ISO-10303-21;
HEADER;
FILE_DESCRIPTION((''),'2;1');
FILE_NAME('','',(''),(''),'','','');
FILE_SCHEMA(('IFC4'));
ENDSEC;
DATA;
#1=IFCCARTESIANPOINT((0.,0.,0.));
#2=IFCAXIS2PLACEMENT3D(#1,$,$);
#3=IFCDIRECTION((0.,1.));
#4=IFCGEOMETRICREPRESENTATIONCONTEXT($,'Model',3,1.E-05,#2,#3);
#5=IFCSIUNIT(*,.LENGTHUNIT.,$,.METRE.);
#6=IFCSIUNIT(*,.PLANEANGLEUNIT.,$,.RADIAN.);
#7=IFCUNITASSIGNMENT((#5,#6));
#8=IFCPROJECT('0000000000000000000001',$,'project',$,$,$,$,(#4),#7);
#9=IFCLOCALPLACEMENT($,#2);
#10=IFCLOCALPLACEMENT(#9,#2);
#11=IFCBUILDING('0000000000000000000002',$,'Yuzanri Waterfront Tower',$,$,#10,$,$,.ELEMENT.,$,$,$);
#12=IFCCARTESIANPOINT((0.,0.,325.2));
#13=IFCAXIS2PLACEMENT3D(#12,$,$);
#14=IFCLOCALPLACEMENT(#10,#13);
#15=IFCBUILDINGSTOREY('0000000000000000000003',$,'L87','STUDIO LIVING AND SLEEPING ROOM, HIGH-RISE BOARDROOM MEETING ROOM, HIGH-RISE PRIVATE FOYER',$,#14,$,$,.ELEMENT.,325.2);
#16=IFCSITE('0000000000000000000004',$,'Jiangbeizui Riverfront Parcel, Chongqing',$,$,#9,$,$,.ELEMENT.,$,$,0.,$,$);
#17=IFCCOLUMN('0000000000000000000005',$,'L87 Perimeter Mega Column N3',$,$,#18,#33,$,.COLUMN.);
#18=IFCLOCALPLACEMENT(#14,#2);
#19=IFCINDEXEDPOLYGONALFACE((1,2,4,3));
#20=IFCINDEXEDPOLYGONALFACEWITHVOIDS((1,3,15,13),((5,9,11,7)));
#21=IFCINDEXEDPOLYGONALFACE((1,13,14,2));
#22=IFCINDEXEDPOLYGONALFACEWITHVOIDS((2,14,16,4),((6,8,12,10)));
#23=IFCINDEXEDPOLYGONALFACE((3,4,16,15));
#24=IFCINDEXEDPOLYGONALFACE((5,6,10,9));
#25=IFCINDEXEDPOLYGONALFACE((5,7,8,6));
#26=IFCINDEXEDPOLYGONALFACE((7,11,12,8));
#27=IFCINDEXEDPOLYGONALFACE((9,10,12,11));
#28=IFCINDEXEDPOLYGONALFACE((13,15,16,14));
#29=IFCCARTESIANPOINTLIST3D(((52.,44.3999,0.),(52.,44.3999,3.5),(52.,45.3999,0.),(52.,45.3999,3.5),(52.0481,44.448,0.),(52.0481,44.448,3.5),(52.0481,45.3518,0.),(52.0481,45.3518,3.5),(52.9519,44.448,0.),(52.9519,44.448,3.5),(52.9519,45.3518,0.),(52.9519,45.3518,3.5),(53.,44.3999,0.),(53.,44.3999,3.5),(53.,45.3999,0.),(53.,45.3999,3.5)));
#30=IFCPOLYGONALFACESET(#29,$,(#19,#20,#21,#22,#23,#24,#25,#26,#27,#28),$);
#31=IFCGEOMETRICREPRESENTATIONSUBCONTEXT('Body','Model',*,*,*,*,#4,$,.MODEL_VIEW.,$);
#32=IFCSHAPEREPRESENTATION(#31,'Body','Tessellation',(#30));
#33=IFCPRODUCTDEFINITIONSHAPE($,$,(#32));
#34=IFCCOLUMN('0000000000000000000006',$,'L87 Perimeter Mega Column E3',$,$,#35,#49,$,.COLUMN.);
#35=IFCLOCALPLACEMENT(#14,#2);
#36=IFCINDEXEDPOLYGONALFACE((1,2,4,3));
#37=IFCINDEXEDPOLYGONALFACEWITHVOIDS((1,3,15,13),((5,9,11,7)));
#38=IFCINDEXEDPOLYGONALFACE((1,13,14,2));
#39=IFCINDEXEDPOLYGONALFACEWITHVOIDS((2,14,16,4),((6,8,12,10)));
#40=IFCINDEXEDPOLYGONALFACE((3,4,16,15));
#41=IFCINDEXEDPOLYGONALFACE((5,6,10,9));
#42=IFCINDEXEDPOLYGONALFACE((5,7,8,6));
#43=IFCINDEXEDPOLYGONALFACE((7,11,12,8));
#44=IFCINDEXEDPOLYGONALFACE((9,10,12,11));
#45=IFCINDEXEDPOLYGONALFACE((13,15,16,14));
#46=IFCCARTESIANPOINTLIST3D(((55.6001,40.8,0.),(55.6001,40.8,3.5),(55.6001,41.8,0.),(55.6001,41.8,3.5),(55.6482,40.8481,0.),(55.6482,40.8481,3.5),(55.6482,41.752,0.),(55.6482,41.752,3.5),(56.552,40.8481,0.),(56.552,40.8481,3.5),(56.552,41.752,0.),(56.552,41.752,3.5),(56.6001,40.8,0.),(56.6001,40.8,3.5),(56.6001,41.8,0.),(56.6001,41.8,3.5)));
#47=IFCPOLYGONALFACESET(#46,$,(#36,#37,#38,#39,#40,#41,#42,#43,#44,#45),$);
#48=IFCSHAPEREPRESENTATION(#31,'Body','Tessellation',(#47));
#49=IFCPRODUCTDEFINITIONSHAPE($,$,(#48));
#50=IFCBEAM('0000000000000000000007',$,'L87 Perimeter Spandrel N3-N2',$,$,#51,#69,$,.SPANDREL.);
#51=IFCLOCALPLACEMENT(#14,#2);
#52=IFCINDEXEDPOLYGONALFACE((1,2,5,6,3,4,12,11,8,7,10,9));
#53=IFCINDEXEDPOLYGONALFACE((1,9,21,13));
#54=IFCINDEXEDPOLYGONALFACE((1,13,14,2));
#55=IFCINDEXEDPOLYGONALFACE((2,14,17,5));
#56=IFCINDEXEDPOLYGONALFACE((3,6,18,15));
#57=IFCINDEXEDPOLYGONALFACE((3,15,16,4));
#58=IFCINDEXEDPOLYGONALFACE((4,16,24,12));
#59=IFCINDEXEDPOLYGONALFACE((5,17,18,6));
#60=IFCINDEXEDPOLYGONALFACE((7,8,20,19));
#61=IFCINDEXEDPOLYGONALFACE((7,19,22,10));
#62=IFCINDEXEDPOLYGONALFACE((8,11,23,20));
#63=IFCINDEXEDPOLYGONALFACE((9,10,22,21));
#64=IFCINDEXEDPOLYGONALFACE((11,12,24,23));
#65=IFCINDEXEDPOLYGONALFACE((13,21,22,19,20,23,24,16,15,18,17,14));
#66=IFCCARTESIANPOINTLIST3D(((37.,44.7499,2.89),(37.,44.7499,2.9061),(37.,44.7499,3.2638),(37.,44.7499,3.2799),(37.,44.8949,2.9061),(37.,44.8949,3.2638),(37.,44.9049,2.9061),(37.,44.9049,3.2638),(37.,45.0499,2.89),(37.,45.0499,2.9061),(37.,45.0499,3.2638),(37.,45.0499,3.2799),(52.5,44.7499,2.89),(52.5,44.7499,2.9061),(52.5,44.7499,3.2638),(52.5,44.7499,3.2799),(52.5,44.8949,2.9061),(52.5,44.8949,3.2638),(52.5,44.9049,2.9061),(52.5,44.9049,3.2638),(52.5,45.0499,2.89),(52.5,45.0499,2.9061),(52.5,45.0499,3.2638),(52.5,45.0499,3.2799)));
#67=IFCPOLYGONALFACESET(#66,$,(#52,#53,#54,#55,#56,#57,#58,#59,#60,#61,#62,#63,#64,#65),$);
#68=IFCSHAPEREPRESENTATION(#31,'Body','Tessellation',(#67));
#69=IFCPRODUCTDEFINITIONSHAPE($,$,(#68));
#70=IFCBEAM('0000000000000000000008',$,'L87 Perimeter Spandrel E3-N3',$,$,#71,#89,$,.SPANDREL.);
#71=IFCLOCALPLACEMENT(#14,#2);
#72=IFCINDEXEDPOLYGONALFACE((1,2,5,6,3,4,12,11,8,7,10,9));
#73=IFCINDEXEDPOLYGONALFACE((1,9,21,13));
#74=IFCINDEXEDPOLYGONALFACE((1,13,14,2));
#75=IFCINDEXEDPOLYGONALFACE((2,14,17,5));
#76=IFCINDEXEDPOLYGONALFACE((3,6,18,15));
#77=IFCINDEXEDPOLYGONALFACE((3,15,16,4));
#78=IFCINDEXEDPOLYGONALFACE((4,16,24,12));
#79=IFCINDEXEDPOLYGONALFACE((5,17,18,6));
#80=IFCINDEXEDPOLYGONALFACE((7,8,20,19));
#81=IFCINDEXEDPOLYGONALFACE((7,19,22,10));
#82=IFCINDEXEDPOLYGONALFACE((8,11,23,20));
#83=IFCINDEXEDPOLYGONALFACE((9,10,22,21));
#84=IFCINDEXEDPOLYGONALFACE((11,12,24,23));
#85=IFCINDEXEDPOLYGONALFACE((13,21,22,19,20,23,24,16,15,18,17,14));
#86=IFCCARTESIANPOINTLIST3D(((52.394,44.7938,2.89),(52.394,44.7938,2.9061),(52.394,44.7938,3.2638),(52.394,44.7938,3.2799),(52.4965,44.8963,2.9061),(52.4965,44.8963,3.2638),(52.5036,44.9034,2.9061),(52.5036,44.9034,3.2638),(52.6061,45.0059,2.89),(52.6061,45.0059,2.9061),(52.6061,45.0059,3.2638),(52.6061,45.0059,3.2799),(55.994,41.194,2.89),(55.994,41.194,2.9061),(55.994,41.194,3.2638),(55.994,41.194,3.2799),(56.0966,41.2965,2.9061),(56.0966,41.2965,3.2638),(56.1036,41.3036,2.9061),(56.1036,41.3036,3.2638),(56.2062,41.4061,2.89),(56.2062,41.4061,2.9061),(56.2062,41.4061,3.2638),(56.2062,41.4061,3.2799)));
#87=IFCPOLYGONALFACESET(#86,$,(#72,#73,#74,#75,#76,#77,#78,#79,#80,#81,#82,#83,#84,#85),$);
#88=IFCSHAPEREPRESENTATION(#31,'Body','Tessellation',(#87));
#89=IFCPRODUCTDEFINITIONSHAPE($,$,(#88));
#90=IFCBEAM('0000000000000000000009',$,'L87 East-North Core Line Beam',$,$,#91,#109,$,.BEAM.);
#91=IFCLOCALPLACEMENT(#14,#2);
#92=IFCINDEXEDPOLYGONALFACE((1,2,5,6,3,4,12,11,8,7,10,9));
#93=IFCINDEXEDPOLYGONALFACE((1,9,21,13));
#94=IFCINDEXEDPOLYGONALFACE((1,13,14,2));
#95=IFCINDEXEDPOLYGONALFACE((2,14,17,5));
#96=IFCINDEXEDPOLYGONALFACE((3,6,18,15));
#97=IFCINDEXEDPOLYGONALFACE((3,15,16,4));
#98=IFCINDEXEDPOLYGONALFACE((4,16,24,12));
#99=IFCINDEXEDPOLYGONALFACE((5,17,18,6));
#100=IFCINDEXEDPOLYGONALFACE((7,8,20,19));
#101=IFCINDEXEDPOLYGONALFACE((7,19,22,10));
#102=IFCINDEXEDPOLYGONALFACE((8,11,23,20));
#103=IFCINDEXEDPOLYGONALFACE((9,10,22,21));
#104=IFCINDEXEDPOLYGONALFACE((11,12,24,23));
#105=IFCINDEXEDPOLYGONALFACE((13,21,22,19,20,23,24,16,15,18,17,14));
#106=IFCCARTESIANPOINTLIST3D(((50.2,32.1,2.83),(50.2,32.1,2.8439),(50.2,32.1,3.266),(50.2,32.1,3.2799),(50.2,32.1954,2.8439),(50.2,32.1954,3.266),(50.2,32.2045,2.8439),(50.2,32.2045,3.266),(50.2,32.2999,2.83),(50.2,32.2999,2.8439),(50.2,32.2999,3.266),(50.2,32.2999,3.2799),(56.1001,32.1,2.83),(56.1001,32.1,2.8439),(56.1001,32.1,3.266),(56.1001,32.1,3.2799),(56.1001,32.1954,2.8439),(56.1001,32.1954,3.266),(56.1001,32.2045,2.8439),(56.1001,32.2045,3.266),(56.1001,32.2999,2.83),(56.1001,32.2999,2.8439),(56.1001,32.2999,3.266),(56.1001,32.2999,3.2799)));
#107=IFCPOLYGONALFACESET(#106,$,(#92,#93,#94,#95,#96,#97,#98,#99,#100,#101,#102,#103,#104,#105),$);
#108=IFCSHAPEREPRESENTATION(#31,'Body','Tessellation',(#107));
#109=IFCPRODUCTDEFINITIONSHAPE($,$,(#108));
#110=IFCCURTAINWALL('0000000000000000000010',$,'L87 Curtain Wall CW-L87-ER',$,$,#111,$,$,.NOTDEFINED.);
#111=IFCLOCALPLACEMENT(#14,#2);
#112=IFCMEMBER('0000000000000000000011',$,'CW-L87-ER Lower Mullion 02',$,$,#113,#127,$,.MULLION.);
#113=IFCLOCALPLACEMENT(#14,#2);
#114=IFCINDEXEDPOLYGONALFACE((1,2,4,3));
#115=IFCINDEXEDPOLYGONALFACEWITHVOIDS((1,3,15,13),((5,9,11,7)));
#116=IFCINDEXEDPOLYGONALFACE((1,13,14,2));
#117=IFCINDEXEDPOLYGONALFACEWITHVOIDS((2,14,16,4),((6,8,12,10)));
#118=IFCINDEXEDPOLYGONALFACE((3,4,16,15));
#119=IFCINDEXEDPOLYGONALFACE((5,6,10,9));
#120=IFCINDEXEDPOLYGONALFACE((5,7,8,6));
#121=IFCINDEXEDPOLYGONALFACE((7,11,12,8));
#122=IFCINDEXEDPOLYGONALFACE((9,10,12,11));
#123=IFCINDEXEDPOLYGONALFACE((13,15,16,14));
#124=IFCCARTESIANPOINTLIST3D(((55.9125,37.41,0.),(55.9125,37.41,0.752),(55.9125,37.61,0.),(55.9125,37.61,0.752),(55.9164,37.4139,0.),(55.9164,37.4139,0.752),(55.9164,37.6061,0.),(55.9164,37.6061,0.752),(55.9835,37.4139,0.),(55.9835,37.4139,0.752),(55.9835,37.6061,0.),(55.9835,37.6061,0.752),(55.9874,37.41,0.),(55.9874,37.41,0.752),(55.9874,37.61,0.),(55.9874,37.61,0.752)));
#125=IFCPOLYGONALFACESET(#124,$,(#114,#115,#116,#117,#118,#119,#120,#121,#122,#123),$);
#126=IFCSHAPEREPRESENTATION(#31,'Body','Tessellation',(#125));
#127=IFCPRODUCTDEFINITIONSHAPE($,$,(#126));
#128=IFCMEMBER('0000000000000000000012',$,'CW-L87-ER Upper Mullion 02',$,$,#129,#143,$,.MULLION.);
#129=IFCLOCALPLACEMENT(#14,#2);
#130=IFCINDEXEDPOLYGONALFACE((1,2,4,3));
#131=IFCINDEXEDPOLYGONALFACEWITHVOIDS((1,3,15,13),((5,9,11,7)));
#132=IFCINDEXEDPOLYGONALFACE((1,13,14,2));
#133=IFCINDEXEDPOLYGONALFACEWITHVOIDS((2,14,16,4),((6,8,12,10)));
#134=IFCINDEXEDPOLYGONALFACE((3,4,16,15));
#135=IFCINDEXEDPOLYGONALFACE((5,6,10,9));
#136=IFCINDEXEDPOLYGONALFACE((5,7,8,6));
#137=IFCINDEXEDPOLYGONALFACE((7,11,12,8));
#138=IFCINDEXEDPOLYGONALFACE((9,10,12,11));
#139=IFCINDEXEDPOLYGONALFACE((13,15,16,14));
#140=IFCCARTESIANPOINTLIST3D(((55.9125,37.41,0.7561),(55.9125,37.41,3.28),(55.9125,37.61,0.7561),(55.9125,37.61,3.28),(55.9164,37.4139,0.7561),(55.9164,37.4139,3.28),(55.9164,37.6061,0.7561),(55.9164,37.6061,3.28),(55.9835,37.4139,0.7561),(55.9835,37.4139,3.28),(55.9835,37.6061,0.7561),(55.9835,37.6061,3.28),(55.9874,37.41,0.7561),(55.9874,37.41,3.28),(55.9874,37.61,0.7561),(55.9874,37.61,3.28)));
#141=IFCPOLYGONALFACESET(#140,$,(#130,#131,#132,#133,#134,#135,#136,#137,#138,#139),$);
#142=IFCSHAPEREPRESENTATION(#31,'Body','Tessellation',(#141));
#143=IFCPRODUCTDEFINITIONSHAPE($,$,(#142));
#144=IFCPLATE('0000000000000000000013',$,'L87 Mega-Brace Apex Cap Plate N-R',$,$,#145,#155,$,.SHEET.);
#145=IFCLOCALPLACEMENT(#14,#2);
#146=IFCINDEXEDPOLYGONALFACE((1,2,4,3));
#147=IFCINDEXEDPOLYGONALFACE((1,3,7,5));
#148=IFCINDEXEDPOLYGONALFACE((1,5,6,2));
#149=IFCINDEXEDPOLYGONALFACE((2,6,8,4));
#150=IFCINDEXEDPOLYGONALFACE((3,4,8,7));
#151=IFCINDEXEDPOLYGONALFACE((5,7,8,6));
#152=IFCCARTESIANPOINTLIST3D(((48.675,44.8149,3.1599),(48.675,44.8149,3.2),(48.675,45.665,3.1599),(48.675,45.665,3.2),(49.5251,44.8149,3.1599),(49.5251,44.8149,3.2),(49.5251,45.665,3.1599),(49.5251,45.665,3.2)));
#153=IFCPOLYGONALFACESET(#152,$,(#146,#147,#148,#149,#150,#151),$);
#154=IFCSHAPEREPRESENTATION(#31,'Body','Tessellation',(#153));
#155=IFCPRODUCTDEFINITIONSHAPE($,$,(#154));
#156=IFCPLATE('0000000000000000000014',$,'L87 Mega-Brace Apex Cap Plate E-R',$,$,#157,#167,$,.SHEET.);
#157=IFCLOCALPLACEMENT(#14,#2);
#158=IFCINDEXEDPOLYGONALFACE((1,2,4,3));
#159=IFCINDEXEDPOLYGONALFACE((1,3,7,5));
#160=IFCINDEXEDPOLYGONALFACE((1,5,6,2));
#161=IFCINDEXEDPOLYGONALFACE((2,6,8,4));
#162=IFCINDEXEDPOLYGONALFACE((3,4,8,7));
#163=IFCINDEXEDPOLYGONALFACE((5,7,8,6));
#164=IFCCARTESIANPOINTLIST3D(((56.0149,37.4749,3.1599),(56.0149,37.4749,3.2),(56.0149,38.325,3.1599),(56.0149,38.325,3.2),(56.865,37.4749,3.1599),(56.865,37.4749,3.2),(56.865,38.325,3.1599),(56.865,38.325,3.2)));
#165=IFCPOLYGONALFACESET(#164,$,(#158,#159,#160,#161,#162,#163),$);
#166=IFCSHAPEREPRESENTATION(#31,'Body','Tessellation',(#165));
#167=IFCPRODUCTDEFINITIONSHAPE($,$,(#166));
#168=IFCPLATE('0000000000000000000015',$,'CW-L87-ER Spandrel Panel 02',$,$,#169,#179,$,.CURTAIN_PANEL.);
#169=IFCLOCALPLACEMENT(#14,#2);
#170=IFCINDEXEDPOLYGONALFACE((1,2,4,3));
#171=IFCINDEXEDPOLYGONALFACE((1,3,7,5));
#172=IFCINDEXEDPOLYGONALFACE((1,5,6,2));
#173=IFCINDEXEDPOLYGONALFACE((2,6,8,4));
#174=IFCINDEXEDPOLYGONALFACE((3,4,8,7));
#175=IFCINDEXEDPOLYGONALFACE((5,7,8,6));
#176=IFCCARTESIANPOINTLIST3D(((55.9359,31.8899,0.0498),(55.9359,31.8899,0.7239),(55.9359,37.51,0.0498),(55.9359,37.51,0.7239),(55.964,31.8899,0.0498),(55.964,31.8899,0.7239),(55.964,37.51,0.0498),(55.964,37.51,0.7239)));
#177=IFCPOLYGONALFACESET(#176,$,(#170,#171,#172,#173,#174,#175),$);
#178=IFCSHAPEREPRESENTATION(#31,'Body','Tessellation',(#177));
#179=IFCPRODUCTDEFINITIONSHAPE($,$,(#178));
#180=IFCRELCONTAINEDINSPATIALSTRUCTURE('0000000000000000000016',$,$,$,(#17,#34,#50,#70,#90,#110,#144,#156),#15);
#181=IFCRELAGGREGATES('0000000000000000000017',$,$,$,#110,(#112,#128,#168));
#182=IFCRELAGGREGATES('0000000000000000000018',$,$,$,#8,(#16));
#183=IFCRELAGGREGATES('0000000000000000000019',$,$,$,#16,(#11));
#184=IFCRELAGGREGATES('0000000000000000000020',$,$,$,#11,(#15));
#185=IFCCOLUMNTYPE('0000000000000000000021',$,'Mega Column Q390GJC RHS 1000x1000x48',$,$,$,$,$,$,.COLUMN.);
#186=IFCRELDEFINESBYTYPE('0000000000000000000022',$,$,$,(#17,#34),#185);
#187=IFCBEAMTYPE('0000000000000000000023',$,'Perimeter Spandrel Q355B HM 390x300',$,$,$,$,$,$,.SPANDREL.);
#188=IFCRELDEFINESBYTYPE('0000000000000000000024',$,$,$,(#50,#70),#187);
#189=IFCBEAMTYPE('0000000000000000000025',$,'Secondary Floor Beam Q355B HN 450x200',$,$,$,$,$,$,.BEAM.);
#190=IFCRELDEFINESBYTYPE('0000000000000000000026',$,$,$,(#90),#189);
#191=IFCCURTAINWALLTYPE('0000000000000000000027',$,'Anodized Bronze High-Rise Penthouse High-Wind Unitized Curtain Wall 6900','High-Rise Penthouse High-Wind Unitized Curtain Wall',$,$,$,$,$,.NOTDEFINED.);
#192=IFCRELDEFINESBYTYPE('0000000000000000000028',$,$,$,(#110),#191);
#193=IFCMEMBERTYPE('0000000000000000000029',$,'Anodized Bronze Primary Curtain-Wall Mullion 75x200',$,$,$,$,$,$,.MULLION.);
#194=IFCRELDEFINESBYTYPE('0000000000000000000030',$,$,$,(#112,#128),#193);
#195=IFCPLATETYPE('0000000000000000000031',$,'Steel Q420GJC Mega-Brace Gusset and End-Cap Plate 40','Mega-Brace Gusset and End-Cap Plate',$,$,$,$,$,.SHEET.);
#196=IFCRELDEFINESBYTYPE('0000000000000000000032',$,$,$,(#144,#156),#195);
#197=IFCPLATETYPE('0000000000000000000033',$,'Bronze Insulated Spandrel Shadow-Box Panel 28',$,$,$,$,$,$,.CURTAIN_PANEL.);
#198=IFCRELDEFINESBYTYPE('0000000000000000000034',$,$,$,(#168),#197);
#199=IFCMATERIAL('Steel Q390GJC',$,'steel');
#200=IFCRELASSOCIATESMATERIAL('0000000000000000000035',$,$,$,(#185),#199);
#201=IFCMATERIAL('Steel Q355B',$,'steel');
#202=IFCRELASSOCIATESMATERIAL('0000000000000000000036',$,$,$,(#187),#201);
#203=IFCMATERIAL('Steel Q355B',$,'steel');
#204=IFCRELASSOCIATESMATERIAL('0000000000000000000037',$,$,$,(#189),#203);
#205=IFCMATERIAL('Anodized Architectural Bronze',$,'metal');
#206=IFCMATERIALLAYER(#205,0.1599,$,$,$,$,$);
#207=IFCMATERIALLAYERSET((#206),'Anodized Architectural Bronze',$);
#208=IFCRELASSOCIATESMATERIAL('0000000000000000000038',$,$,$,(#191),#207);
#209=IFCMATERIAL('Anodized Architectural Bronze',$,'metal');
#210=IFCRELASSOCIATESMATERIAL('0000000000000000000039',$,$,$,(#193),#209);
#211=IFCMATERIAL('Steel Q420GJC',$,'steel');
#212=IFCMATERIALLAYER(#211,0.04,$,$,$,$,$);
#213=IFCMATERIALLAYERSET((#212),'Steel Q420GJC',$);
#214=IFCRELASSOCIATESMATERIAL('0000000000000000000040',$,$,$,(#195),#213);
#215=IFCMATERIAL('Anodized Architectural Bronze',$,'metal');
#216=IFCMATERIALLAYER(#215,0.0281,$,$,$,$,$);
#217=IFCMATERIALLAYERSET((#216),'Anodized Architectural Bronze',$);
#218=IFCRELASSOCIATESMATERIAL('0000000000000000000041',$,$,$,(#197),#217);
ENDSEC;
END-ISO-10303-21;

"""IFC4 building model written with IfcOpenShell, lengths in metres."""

from ifc_helpers import new_model, si_unit, direction, frame, origin, origin_2d, place, context, subcontext, project, spatial, rectangle, hollow_rectangle, i_section, extrude, source, transform, mapped, material, layer, layer_set, material_profile, profile_set, type_object, element, aggregate, save


model = new_model("IFC4")

# Units and contexts
model_context = context("Model", 3, precision=1e-05, world=origin(), true_north=direction((0.0, 1.0)))
body_context = subcontext(model_context, "Body", "Model", "MODEL_VIEW")
ifc_project = project(units=[si_unit("LENGTHUNIT", "METRE"), si_unit("PLANEANGLEUNIT", "RADIAN")], contexts=[model_context])

# Site, building, storey
site_placement = place(None, origin())
site = spatial("IfcSite", under=ifc_project, at=site_placement, Name="Jiangbeizui Riverfront Parcel, Chongqing", CompositionType="ELEMENT", RefElevation=0.0)
building_placement = place(site_placement, origin())
building = spatial("IfcBuilding", under=site, at=building_placement, Name="Yuzanri Waterfront Tower", CompositionType="ELEMENT")
storey_placement = place(building_placement, frame((0.0, 0.0, 325.2)))
storey = spatial("IfcBuildingStorey", under=building, at=storey_placement, Name="L87", Description="STUDIO LIVING AND SLEEPING ROOM, HIGH-RISE BOARDROOM MEETING ROOM, HIGH-RISE PRIVATE FOYER", CompositionType="ELEMENT", Elevation=325.2)

# Columns
ifc_material_1 = material(Name="Steel Q390GJC", Category="steel")
ifc_material_profile_1 = material_profile(ifc_material_1, hollow_rectangle(XDim=1.0, YDim=1.0, WallThickness=0.0481, at=origin_2d()), Name="RHS 1000x1000x48")
ifc_profile_set_1 = profile_set([ifc_material_profile_1], Name="Steel Q390GJC")
column_type = type_object("IfcColumnType", Name="Mega Column Q390GJC RHS 1000x1000x48", PredefinedType="COLUMN", material=ifc_profile_set_1)
shared_shape_1 = source(origin(), body_context, "Body", "SweptSolid", [
    extrude(hollow_rectangle(XDim=1.0, YDim=1.0, WallThickness=0.0481, at=origin_2d()), origin(), (0.0, 0.0, 1.0), 3.5),
])
for number, where, z_axis, x_axis, name in (
    (1, (52.5, 44.8999, 0.0), (0.0, 0.0, 1.0), (1.0, 0.0, 0.0), "L87 Perimeter Mega Column N3"),
    (2, (56.1001, 41.3, 0.0), (0.0, 0.0, 1.0), (1.0, 0.0, 0.0), "L87 Perimeter Mega Column E3"),
):
    element("IfcColumn", number, at=place(storey_placement, frame(where, z_axis=z_axis, x_axis=x_axis)), inside=storey, type_object=column_type, Name=name, PredefinedType="COLUMN", context=body_context, shape_type="MappedRepresentation", body=[
        mapped(shared_shape_1, transform((0.0, 0.0, 0.0), scale=1.0)),
    ])

# Beams
ifc_material_2 = material(Name="Steel Q355B", Category="steel")
ifc_material_profile_2 = material_profile(ifc_material_2, i_section(OverallWidth=0.3, OverallDepth=0.3899, WebThickness=0.01, FlangeThickness=0.0161, at=origin_2d()), Name="HM 390x300x10x16")
ifc_profile_set_2 = profile_set([ifc_material_profile_2], Name="Steel Q355B")
beam_type_1 = type_object("IfcBeamType", Name="Perimeter Spandrel Q355B HM 390x300", PredefinedType="SPANDREL", material=ifc_profile_set_2)
shared_shape_2 = source(origin(), body_context, "Body", "SweptSolid", [
    extrude(i_section(OverallWidth=0.3, OverallDepth=0.3899, WebThickness=0.01, FlangeThickness=0.0161, at=origin_2d()), origin(), (0.0, 0.0, 1.0), 15.5),
])
beam_1_placement = place(storey_placement, frame((52.5, 44.8999, 3.085), z_axis=(-1.0, 0.0, 0.0), x_axis=(0.0, -1.0, 0.0)))
element("IfcBeam", 3, at=beam_1_placement, inside=storey, type_object=beam_type_1, Name="L87 Perimeter Spandrel N3-N2", PredefinedType="SPANDREL", context=body_context, shape_type="MappedRepresentation", body=[
    mapped(shared_shape_2, transform((0.0, 0.0, 0.0), scale=1.0)),
])
shared_shape_3 = source(origin(), body_context, "Body", "SweptSolid", [
    extrude(i_section(OverallWidth=0.3, OverallDepth=0.3899, WebThickness=0.01, FlangeThickness=0.0161, at=origin_2d()), origin(), (0.0, 0.0, 1.0), 5.0911),
])
beam_2_placement = place(storey_placement, frame((56.1001, 41.3, 3.085), z_axis=(-0.707131, 0.707083, 0.0), x_axis=(-0.707083, -0.707131, 0.0)))
element("IfcBeam", 4, at=beam_2_placement, inside=storey, type_object=beam_type_1, Name="L87 Perimeter Spandrel E3-N3", PredefinedType="SPANDREL", context=body_context, shape_type="MappedRepresentation", body=[
    mapped(shared_shape_3, transform((0.0, 0.0, 0.0), scale=1.0)),
])
ifc_material_3 = material(Name="Steel Q355B", Category="steel")
ifc_material_profile_3 = material_profile(ifc_material_3, i_section(OverallWidth=0.2, OverallDepth=0.45, WebThickness=0.009, FlangeThickness=0.0139, at=origin_2d()), Name="HN 450x200x9x14")
ifc_profile_set_3 = profile_set([ifc_material_profile_3], Name="Steel Q355B")
beam_type_2 = type_object("IfcBeamType", Name="Secondary Floor Beam Q355B HN 450x200", PredefinedType="BEAM", material=ifc_profile_set_3)
shared_shape_4 = source(origin(), body_context, "Body", "SweptSolid", [
    extrude(i_section(OverallWidth=0.2, OverallDepth=0.45, WebThickness=0.009, FlangeThickness=0.0139, at=origin_2d()), origin(), (0.0, 0.0, 1.0), 5.9001),
])
beam_3_placement = place(storey_placement, frame((50.2, 32.2, 3.0549), z_axis=(1.0, 0.0, 0.0), x_axis=(0.0, 1.0, 0.0)))
element("IfcBeam", 5, at=beam_3_placement, inside=storey, type_object=beam_type_2, Name="L87 East-North Core Line Beam", PredefinedType="BEAM", context=body_context, shape_type="MappedRepresentation", body=[
    mapped(shared_shape_4, transform((0.0, 0.0, 0.0), scale=1.0)),
])

# Curtain wall, members
ifc_material_4 = material(Name="Anodized Architectural Bronze", Category="metal")
ifc_layer_1 = layer(ifc_material_4, 0.1599)
ifc_layer_set_1 = layer_set([ifc_layer_1], Name="Anodized Architectural Bronze")
curtain_wall_type = type_object("IfcCurtainWallType", Name="Anodized Bronze High-Rise Penthouse High-Wind Unitized Curtain Wall 6900", Description="High-Rise Penthouse High-Wind Unitized Curtain Wall", PredefinedType="NOTDEFINED", material=ifc_layer_set_1)
curtain_wall_placement = place(storey_placement, origin())
curtain_wall = element("IfcCurtainWall", 6, at=curtain_wall_placement, inside=storey, type_object=curtain_wall_type, Name="L87 Curtain Wall CW-L87-ER", PredefinedType="NOTDEFINED")
ifc_material_5 = material(Name="Anodized Architectural Bronze", Category="metal")
ifc_material_profile_4 = material_profile(ifc_material_5, hollow_rectangle(XDim=0.075, YDim=0.2, WallThickness=0.0039, at=origin_2d()), Name="CWM 75x200")
ifc_profile_set_4 = profile_set([ifc_material_profile_4], Name="Anodized Architectural Bronze")
member_type = type_object("IfcMemberType", Name="Anodized Bronze Primary Curtain-Wall Mullion 75x200", PredefinedType="MULLION", material=ifc_profile_set_4)
shared_shape_5 = source(origin(), body_context, "Body", "SweptSolid", [
    extrude(hollow_rectangle(XDim=0.075, YDim=0.2, WallThickness=0.0039, at=origin_2d()), origin(), (0.0, 0.0, 1.0), 0.752),
])
member_1_placement = place(storey_placement, frame((55.95, 37.51, 0.0), z_axis=(0.0, 0.0, 1.0), x_axis=(1.0, 0.0, 0.0)))
member_1 = element("IfcMember", 7, at=member_1_placement, type_object=member_type, Name="CW-L87-ER Lower Mullion 02", PredefinedType="MULLION", context=body_context, shape_type="MappedRepresentation", body=[
    mapped(shared_shape_5, transform((0.0, 0.0, 0.0), scale=1.0)),
])
shared_shape_6 = source(origin(), body_context, "Body", "SweptSolid", [
    extrude(hollow_rectangle(XDim=0.075, YDim=0.2, WallThickness=0.0039, at=origin_2d()), origin(), (0.0, 0.0, 1.0), 2.5239),
])
member_2_placement = place(storey_placement, frame((55.95, 37.51, 0.7561), z_axis=(0.0, 0.0, 1.0), x_axis=(1.0, 0.0, 0.0)))
member_2 = element("IfcMember", 8, at=member_2_placement, type_object=member_type, Name="CW-L87-ER Upper Mullion 02", PredefinedType="MULLION", context=body_context, shape_type="MappedRepresentation", body=[
    mapped(shared_shape_6, transform((0.0, 0.0, 0.0), scale=1.0)),
])

# Plates
ifc_material_6 = material(Name="Steel Q420GJC", Category="steel")
ifc_layer_2 = layer(ifc_material_6, 0.04)
ifc_layer_set_2 = layer_set([ifc_layer_2], Name="Steel Q420GJC")
plate_type_1 = type_object("IfcPlateType", Name="Steel Q420GJC Mega-Brace Gusset and End-Cap Plate 40", Description="Mega-Brace Gusset and End-Cap Plate", PredefinedType="SHEET", material=ifc_layer_set_2)
shared_shape_7 = source(origin(), body_context, "Body", "SweptSolid", [
    extrude(rectangle(XDim=0.8501, YDim=0.8501, at=origin_2d()), origin(), (0.0, 0.0, 1.0), 0.04),
])
for number, where, z_axis, x_axis, name in (
    (9, (49.1001, 45.24, 3.1599), (0.0, 0.0, 1.0), (1.0, 0.0, 0.0), "L87 Mega-Brace Apex Cap Plate N-R"),
    (10, (56.4399, 37.8999, 3.1599), (0.0, 0.0, 1.0), (1.0, 0.0, 0.0), "L87 Mega-Brace Apex Cap Plate E-R"),
):
    element("IfcPlate", number, at=place(storey_placement, frame(where, z_axis=z_axis, x_axis=x_axis)), inside=storey, type_object=plate_type_1, Name=name, PredefinedType="SHEET", context=body_context, shape_type="MappedRepresentation", body=[
        mapped(shared_shape_7, transform((0.0, 0.0, 0.0), scale=1.0)),
    ])

# Plate
ifc_material_7 = material(Name="Anodized Architectural Bronze", Category="metal")
ifc_layer_3 = layer(ifc_material_7, 0.0281)
ifc_layer_set_3 = layer_set([ifc_layer_3], Name="Anodized Architectural Bronze")
plate_type_2 = type_object("IfcPlateType", Name="Bronze Insulated Spandrel Shadow-Box Panel 28", PredefinedType="CURTAIN_PANEL", material=ifc_layer_set_3)
shared_shape_8 = source(origin(), body_context, "Body", "SweptSolid", [
    extrude(rectangle(XDim=5.6201, YDim=0.0281, at=origin_2d()), origin(), (0.0, 0.0, 1.0), 0.6741),
])
plate_1_placement = place(storey_placement, frame((55.95, 34.7, 0.0498), z_axis=(0.0, 0.0, 1.0), x_axis=(0.0, 1.0, 0.0)))
plate_1 = element("IfcPlate", 11, at=plate_1_placement, type_object=plate_type_2, Name="CW-L87-ER Spandrel Panel 02", PredefinedType="CURTAIN_PANEL", context=body_context, shape_type="MappedRepresentation", body=[
    mapped(shared_shape_8, transform((0.0, 0.0, 0.0), scale=1.0)),
])
aggregate(curtain_wall, [member_1, member_2, plate_1])

save(model, "model.ifc")
